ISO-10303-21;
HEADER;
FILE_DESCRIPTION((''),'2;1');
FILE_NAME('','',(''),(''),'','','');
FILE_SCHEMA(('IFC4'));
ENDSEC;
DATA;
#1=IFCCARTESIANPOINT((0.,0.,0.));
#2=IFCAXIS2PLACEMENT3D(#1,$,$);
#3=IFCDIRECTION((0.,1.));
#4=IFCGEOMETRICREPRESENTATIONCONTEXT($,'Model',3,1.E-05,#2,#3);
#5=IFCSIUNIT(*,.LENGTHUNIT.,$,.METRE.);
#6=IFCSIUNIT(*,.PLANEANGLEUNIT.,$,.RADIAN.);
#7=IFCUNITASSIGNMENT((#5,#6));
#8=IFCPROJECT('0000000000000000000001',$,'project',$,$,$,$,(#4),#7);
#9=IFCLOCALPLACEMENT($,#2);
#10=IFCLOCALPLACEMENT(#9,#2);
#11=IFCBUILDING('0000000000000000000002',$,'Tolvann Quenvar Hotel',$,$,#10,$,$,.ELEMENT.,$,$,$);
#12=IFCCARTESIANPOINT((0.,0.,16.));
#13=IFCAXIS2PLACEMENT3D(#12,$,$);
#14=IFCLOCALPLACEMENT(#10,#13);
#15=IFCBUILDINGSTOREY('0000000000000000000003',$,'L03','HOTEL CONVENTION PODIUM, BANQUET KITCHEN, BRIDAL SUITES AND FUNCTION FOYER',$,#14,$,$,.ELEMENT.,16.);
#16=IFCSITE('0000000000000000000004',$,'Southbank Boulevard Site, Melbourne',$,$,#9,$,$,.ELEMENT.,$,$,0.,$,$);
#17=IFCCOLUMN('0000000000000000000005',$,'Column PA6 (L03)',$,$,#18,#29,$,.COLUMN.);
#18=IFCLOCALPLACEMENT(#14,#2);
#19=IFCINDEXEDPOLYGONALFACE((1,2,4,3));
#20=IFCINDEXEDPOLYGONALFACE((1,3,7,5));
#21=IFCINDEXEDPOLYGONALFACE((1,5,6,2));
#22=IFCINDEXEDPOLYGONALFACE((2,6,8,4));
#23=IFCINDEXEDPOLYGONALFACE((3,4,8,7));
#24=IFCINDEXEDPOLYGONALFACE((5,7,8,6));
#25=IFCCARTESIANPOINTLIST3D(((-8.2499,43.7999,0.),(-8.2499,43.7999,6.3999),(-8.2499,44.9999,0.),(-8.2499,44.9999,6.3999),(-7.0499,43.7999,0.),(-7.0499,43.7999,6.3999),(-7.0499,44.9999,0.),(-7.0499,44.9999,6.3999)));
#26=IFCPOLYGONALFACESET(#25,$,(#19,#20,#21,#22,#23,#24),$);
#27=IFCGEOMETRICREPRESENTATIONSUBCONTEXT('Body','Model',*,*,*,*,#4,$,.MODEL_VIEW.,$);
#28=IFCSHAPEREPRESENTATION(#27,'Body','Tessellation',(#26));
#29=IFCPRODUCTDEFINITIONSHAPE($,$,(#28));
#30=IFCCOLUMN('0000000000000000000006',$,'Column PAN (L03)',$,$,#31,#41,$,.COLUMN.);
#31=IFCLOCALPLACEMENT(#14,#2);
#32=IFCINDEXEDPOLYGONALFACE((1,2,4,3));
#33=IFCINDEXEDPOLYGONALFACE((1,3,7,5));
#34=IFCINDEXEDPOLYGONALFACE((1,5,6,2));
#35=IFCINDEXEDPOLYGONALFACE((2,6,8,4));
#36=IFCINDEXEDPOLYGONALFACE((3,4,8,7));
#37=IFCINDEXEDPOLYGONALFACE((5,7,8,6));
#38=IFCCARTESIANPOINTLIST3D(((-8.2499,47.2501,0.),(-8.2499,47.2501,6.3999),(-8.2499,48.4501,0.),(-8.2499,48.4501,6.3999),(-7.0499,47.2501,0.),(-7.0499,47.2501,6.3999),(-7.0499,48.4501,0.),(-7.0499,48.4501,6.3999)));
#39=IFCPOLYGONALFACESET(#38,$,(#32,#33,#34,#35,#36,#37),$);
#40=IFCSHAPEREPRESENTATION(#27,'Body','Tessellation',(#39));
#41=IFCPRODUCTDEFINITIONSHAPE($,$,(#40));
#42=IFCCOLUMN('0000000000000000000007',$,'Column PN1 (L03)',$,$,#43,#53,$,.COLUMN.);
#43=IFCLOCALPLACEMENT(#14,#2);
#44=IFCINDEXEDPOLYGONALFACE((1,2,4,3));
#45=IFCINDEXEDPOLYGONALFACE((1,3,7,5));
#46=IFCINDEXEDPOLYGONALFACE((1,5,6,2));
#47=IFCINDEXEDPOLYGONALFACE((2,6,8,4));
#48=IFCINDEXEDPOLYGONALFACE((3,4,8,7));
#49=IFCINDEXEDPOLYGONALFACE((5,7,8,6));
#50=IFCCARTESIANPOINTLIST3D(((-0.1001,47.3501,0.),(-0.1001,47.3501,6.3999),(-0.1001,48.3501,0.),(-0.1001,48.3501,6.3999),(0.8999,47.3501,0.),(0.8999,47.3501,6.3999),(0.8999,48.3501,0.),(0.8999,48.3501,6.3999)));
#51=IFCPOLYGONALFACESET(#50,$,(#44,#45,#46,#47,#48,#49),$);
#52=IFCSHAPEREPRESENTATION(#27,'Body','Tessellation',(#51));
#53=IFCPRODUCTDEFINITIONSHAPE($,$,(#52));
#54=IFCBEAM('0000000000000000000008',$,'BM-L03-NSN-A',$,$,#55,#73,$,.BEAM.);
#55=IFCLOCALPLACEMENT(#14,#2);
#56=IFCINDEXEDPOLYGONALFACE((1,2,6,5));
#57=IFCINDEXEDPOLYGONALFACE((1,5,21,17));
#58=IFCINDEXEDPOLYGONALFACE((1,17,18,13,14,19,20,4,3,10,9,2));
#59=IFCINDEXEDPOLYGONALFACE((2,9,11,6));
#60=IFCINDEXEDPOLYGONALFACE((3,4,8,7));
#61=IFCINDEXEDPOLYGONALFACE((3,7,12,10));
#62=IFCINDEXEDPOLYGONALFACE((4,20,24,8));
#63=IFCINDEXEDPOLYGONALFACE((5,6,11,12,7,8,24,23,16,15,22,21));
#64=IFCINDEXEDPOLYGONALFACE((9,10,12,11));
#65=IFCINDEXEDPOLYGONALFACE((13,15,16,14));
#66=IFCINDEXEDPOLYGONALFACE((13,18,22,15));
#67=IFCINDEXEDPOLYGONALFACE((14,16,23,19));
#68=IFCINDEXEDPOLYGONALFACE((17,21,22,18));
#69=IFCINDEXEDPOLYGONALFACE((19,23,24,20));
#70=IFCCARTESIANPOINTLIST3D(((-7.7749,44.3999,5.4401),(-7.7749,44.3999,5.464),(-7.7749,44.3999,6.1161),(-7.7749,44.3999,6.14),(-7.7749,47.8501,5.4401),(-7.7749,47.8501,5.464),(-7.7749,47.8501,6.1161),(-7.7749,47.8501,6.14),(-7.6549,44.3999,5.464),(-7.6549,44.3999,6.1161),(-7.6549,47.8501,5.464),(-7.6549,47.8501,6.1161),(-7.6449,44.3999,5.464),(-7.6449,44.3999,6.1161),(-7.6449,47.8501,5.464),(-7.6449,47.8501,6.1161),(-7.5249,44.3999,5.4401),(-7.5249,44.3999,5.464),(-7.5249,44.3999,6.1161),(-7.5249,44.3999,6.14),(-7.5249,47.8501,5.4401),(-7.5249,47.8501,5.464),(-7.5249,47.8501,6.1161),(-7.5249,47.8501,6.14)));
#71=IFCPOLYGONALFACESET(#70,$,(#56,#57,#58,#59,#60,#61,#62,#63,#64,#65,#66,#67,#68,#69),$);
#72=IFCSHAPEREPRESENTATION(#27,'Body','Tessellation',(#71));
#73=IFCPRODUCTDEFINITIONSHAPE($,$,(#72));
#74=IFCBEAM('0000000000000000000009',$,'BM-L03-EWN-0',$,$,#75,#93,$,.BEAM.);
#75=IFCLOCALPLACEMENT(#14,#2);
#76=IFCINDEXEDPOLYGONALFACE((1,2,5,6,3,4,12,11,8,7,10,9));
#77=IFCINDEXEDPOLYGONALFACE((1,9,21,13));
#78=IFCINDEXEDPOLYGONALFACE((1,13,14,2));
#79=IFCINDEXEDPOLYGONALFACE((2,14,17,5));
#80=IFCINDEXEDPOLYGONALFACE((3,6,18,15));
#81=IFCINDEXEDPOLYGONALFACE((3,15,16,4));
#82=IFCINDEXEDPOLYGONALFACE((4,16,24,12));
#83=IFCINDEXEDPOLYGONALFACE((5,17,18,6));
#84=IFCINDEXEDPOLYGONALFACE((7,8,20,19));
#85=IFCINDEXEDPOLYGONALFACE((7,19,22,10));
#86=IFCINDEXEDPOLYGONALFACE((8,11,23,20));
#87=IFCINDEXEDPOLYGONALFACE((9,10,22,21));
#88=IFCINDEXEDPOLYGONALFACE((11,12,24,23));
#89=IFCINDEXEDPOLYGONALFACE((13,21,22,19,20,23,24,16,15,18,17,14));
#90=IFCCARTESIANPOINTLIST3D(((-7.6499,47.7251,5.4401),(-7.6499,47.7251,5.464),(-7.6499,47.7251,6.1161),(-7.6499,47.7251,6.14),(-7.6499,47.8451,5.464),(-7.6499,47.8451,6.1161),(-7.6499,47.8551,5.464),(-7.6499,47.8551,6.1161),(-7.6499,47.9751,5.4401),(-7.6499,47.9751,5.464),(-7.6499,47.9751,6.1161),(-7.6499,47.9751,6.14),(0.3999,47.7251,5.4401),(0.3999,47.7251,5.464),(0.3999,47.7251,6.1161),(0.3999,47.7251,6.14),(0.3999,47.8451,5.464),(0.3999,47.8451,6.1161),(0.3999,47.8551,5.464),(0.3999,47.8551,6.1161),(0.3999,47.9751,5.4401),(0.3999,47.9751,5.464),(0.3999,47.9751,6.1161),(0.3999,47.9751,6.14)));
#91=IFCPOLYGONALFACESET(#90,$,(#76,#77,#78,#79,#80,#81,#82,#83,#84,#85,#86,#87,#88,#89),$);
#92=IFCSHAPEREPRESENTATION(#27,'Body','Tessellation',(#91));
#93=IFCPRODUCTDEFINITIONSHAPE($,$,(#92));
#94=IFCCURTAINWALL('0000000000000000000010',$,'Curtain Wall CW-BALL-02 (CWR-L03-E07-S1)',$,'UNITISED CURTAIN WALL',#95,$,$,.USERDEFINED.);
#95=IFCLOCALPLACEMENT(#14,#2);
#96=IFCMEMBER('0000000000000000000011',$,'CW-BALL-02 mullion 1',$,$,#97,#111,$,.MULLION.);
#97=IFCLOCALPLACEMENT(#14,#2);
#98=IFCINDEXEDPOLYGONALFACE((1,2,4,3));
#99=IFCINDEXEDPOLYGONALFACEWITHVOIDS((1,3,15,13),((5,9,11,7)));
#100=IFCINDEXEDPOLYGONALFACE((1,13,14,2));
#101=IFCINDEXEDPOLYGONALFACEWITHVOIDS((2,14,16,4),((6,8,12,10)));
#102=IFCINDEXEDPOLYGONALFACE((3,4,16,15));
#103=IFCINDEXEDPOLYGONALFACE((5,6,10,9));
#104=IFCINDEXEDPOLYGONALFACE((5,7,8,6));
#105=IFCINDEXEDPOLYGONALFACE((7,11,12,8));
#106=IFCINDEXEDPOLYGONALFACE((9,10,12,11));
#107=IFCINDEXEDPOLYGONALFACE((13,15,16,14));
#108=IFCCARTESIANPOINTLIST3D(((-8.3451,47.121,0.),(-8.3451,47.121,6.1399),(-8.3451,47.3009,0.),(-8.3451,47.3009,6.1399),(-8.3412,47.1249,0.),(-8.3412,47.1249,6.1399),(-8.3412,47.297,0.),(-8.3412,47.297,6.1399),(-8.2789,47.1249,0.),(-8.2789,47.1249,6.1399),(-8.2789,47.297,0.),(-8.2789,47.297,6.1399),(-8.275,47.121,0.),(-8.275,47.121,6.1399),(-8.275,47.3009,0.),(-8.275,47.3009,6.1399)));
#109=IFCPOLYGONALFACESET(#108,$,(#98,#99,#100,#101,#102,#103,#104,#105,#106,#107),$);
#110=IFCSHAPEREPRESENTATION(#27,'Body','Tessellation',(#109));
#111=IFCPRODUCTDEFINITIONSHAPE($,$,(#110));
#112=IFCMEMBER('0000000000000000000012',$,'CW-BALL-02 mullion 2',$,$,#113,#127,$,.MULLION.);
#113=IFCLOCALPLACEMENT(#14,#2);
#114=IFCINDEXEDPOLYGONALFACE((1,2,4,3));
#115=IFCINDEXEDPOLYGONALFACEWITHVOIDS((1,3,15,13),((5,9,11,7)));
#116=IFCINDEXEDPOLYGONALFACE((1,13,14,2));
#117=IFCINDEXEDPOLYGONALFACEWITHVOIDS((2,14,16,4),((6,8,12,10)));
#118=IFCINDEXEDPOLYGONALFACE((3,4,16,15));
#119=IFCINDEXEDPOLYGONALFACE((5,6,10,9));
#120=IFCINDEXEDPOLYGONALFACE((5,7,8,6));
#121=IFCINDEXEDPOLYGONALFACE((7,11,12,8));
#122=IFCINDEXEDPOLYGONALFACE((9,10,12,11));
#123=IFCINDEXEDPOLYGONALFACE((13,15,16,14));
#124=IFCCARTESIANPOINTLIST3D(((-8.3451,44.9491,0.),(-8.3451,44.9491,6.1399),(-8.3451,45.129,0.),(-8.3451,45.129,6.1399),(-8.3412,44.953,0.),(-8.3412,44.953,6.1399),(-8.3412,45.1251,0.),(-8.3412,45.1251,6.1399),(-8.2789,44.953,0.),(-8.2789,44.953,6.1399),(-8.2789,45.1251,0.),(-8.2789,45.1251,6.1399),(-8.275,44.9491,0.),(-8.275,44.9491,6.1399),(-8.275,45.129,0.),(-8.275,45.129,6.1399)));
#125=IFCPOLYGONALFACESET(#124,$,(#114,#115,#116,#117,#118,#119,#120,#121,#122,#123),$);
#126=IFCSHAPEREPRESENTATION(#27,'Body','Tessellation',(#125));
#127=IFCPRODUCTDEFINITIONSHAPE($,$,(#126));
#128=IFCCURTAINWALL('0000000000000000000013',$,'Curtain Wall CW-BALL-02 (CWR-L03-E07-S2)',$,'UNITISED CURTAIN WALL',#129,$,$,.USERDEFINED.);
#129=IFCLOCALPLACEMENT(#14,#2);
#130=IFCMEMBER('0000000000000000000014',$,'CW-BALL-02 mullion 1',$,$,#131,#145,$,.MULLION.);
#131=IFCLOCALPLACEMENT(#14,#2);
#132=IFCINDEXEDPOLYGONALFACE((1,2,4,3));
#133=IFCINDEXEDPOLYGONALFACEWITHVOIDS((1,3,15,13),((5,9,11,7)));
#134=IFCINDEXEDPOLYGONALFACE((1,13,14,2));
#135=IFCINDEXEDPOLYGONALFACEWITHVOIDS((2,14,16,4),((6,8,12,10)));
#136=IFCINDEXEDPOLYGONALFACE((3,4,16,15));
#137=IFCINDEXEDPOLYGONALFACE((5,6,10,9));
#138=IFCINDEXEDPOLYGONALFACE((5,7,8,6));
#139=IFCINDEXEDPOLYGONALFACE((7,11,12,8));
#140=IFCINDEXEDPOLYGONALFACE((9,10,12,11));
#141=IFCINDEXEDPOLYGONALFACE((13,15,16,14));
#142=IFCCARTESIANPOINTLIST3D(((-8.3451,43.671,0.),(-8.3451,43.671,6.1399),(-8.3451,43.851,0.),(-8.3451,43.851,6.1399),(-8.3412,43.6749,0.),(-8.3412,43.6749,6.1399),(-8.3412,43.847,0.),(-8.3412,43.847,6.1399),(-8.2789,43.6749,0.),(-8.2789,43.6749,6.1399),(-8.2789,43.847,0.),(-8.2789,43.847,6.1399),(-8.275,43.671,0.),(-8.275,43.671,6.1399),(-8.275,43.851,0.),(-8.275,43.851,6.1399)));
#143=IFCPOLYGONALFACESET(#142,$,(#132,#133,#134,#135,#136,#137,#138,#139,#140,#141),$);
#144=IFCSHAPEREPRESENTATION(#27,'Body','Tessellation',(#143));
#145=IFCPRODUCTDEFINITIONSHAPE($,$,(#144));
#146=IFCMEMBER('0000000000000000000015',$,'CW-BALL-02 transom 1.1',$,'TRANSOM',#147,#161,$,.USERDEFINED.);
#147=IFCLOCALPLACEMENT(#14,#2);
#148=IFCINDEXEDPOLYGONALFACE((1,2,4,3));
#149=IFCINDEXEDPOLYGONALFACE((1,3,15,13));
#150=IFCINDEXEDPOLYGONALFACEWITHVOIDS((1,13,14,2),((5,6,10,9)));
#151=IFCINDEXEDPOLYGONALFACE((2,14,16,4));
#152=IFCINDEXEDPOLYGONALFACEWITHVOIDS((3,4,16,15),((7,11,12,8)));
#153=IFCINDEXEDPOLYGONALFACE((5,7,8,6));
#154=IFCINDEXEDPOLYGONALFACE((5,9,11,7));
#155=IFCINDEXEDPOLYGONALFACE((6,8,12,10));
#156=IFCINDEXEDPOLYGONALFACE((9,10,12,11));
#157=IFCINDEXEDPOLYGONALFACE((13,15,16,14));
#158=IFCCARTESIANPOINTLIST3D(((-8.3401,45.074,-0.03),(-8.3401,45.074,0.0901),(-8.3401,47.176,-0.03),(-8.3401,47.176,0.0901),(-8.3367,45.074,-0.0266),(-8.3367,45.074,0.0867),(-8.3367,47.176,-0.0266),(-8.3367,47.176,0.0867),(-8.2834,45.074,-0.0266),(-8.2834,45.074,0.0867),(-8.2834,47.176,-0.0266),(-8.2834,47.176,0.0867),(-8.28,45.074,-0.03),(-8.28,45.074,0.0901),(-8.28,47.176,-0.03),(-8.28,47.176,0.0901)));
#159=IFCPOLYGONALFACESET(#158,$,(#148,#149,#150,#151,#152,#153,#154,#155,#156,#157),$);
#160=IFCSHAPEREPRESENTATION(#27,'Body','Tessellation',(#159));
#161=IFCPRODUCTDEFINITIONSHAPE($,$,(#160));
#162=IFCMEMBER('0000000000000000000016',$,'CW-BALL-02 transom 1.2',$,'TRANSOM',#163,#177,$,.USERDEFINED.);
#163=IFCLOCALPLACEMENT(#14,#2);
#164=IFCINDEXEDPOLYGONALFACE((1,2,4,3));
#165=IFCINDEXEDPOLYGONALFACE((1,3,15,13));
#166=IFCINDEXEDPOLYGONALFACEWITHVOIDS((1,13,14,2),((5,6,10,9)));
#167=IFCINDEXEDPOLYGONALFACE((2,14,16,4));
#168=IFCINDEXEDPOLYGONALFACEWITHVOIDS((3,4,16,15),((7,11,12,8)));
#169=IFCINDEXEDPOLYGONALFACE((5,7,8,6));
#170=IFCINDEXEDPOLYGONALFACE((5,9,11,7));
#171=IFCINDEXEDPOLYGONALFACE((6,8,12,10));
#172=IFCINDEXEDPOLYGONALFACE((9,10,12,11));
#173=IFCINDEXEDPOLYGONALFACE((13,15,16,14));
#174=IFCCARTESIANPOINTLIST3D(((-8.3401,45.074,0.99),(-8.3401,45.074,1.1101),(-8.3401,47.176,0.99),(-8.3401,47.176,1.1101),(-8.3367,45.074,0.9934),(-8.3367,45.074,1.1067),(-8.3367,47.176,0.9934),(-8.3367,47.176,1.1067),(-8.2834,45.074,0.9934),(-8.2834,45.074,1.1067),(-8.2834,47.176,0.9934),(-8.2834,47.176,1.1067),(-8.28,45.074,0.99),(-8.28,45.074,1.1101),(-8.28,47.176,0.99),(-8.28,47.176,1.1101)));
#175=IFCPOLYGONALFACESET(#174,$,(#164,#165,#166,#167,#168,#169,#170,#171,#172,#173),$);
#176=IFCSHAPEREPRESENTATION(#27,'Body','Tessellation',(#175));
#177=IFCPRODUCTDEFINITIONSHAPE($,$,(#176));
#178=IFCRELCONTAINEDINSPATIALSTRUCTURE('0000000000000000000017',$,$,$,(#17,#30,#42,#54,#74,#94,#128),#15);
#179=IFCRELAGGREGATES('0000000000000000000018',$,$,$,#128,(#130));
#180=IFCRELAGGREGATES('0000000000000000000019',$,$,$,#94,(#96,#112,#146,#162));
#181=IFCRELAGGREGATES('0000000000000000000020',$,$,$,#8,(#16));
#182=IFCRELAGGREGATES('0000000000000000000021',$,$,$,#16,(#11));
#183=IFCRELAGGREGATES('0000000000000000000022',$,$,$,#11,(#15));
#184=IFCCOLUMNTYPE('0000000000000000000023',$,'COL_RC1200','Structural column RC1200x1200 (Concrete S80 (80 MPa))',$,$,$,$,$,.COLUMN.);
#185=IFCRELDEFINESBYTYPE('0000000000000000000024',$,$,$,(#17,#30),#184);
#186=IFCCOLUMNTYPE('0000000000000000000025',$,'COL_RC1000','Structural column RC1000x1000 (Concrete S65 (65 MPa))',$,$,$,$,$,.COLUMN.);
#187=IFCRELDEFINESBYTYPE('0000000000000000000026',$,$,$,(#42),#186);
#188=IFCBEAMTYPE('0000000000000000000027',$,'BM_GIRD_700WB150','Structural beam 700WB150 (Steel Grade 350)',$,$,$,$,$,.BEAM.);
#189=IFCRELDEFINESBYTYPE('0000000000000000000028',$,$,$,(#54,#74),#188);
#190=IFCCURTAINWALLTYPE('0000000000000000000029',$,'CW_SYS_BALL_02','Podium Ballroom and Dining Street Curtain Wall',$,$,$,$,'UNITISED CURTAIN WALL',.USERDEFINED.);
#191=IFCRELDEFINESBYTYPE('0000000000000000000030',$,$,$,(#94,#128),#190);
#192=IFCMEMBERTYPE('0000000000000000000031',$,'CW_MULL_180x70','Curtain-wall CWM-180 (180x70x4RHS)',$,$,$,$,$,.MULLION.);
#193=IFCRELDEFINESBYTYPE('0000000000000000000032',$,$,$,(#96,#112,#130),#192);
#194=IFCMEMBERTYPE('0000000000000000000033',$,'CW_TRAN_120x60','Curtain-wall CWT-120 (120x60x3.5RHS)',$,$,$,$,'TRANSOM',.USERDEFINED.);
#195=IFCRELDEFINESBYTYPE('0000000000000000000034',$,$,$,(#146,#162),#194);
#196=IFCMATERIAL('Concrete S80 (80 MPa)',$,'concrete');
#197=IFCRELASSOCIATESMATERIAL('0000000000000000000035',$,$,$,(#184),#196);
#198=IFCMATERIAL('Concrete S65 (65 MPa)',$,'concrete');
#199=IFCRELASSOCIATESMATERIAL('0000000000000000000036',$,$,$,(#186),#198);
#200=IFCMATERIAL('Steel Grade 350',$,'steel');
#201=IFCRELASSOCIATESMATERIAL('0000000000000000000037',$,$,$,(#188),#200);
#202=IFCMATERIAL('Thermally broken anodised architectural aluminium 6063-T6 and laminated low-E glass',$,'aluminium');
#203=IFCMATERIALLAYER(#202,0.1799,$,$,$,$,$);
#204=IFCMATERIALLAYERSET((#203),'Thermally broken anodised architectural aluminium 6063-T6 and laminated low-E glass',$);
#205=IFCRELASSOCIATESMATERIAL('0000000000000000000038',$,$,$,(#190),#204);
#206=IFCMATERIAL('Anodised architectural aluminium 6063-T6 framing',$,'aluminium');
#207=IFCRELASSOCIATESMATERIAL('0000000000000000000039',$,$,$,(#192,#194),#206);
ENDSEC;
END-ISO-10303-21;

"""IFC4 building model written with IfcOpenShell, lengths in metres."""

from ifc_helpers import new_model, si_unit, direction, frame, origin, origin_2d, place, context, subcontext, project, spatial, rectangle, hollow_rectangle, i_section, extrude, source, transform, mapped, material, layer, layer_set, material_profile, profile_set, type_object, type_shapes, element, aggregate, save


model = new_model("IFC4")

# Units and contexts
model_context = context("Model", 3, precision=1e-05, world=origin(), true_north=direction((0.0, 1.0)))
body_context = subcontext(model_context, "Body", "Model", "MODEL_VIEW")
ifc_project = project(units=[si_unit("LENGTHUNIT", "METRE"), si_unit("PLANEANGLEUNIT", "RADIAN")], contexts=[model_context])

# Site, building, storey
site_placement = place(None, origin())
site = spatial("IfcSite", under=ifc_project, at=site_placement, Name="Southbank Boulevard Site, Melbourne", CompositionType="ELEMENT", RefElevation=0.0)
building_placement = place(site_placement, origin())
building = spatial("IfcBuilding", under=site, at=building_placement, Name="Tolvann Quenvar Hotel", CompositionType="ELEMENT")
storey_placement = place(building_placement, frame((0.0, 0.0, 16.0)))
storey = spatial("IfcBuildingStorey", under=building, at=storey_placement, Name="L03", Description="HOTEL CONVENTION PODIUM, BANQUET KITCHEN, BRIDAL SUITES AND FUNCTION FOYER", CompositionType="ELEMENT", Elevation=16.0)

# Columns
ifc_material_1 = material(Name="Concrete S80 (80 MPa)", Category="concrete")
ifc_material_profile_1 = material_profile(ifc_material_1, rectangle(XDim=1.2, YDim=1.2, at=origin_2d()), Name="RC1200x1200")
ifc_profile_set_1 = profile_set([ifc_material_profile_1], Name="Concrete S80 (80 MPa)")
column_type_1 = type_object("IfcColumnType", Name="COL_RC1200", Description="Structural column RC1200x1200 (Concrete S80 (80 MPa))", PredefinedType="COLUMN", material=ifc_profile_set_1)
shared_shape_1 = source(origin(), body_context, "Body", "SweptSolid", [
    extrude(rectangle(XDim=1.2, YDim=1.2, at=origin_2d()), origin(), (0.0, 0.0, 1.0), 6.3999),
])
type_shapes(column_type_1, [shared_shape_1])
for number, where, z_axis, x_axis, name in (
    (1, (-7.6499, 44.3999, 0.0), (0.0, 0.0, 1.0), (1.0, 0.0, 0.0), "Column PA6 (L03)"),
    (2, (-7.6499, 47.8501, 0.0), (0.0, 0.0, 1.0), (1.0, 0.0, 0.0), "Column PAN (L03)"),
):
    element("IfcColumn", number, at=place(storey_placement, frame(where, z_axis=z_axis, x_axis=x_axis)), inside=storey, type_object=column_type_1, Name=name, PredefinedType="COLUMN", context=body_context, shape_type="MappedRepresentation", body=[
        mapped(shared_shape_1, transform((0.0, 0.0, 0.0), x_axis=(1.0, 0.0, 0.0), y_axis=(0.0, 1.0, 0.0), z_axis=(0.0, 0.0, 1.0), scale=1.0)),
    ])
ifc_material_2 = material(Name="Concrete S65 (65 MPa)", Category="concrete")
ifc_material_profile_2 = material_profile(ifc_material_2, rectangle(XDim=1.0, YDim=1.0, at=origin_2d()), Name="RC1000x1000")
ifc_profile_set_2 = profile_set([ifc_material_profile_2], Name="Concrete S65 (65 MPa)")
column_type_2 = type_object("IfcColumnType", Name="COL_RC1000", Description="Structural column RC1000x1000 (Concrete S65 (65 MPa))", PredefinedType="COLUMN", material=ifc_profile_set_2)
shared_shape_2 = source(origin(), body_context, "Body", "SweptSolid", [
    extrude(rectangle(XDim=1.0, YDim=1.0, at=origin_2d()), origin(), (0.0, 0.0, 1.0), 6.3999),
])
type_shapes(column_type_2, [shared_shape_2])
column_placement = place(storey_placement, frame((0.3999, 47.8501, 0.0), z_axis=(0.0, 0.0, 1.0), x_axis=(1.0, 0.0, 0.0)))
element("IfcColumn", 3, at=column_placement, inside=storey, type_object=column_type_2, Name="Column PN1 (L03)", PredefinedType="COLUMN", context=body_context, shape_type="MappedRepresentation", body=[
    mapped(shared_shape_2, transform((0.0, 0.0, 0.0), x_axis=(1.0, 0.0, 0.0), y_axis=(0.0, 1.0, 0.0), z_axis=(0.0, 0.0, 1.0), scale=1.0)),
])

# Beams
ifc_material_3 = material(Name="Steel Grade 350", Category="steel")
ifc_material_profile_3 = material_profile(ifc_material_3, i_section(OverallWidth=0.25, OverallDepth=0.7, WebThickness=0.01, FlangeThickness=0.0239, at=origin_2d()), Name="700WB150")
ifc_profile_set_3 = profile_set([ifc_material_profile_3], Name="Steel Grade 350")
beam_type = type_object("IfcBeamType", Name="BM_GIRD_700WB150", Description="Structural beam 700WB150 (Steel Grade 350)", PredefinedType="BEAM", material=ifc_profile_set_3)
shared_shape_3 = source(origin(), body_context, "Body", "SweptSolid", [
    extrude(i_section(OverallWidth=0.25, OverallDepth=0.7, WebThickness=0.01, FlangeThickness=0.0239, at=origin_2d()), origin(), (0.0, 0.0, 1.0), 3.4502),
])
beam_1_placement = place(storey_placement, frame((-7.6499, 44.3999, 5.79), z_axis=(0.0, 1.0, 0.0), x_axis=(-1.0, 0.0, 0.0)))
element("IfcBeam", 4, at=beam_1_placement, inside=storey, type_object=beam_type, Name="BM-L03-NSN-A", PredefinedType="BEAM", context=body_context, shape_type="MappedRepresentation", body=[
    mapped(shared_shape_3, transform((0.0, 0.0, 0.0), x_axis=(1.0, 0.0, 0.0), y_axis=(0.0, 1.0, 0.0), z_axis=(0.0, 0.0, 1.0), scale=1.0)),
])
shared_shape_4 = source(origin(), body_context, "Body", "SweptSolid", [
    extrude(i_section(OverallWidth=0.25, OverallDepth=0.7, WebThickness=0.01, FlangeThickness=0.0239, at=origin_2d()), origin(), (0.0, 0.0, 1.0), 8.0498),
])
type_shapes(beam_type, [shared_shape_3, shared_shape_4])
beam_2_placement = place(storey_placement, frame((-7.6499, 47.8501, 5.79), z_axis=(1.0, 0.0, 0.0), x_axis=(0.0, 1.0, 0.0)))
element("IfcBeam", 5, at=beam_2_placement, inside=storey, type_object=beam_type, Name="BM-L03-EWN-0", PredefinedType="BEAM", context=body_context, shape_type="MappedRepresentation", body=[
    mapped(shared_shape_4, transform((0.0, 0.0, 0.0), x_axis=(1.0, 0.0, 0.0), y_axis=(0.0, 1.0, 0.0), z_axis=(0.0, 0.0, 1.0), scale=1.0)),
])

# Curtain wall, members
ifc_material_4 = material(Name="Thermally broken anodised architectural aluminium 6063-T6 and laminated low-E glass", Category="aluminium")
ifc_layer_1 = layer(ifc_material_4, 0.1799)
ifc_layer_set_1 = layer_set([ifc_layer_1], Name="Thermally broken anodised architectural aluminium 6063-T6 and laminated low-E glass")
curtain_wall_type = type_object("IfcCurtainWallType", Name="CW_SYS_BALL_02", Description="Podium Ballroom and Dining Street Curtain Wall", ElementType="UNITISED CURTAIN WALL", PredefinedType="USERDEFINED", material=ifc_layer_set_1)
curtain_wall_1_placement = place(storey_placement, origin())
curtain_wall_1 = element("IfcCurtainWall", 6, at=curtain_wall_1_placement, inside=storey, type_object=curtain_wall_type, Name="Curtain Wall CW-BALL-02 (CWR-L03-E07-S1)", ObjectType="UNITISED CURTAIN WALL", PredefinedType="USERDEFINED")
ifc_material_5 = material(Name="Anodised architectural aluminium 6063-T6 framing", Category="aluminium")
ifc_material_profile_4 = material_profile(ifc_material_5, hollow_rectangle(XDim=0.0701, YDim=0.1799, WallThickness=0.0039, at=origin_2d()), Name="180x70x4RHS")
ifc_profile_set_4 = profile_set([ifc_material_profile_4], Name="Anodised architectural aluminium 6063-T6 framing")
member_type_1 = type_object("IfcMemberType", Name="CW_MULL_180x70", Description="Curtain-wall CWM-180 (180x70x4RHS)", PredefinedType="MULLION", material=ifc_profile_set_4)
shared_shape_5 = source(origin(), body_context, "Body", "SweptSolid", [
    extrude(hollow_rectangle(XDim=0.0701, YDim=0.1799, WallThickness=0.0039, at=origin_2d()), origin(), (0.0, 0.0, 1.0), 6.1399),
])
type_shapes(member_type_1, [shared_shape_5])
member_1_placement = place(storey_placement, frame((-8.3101, 47.2109, 0.0), z_axis=(0.0, 0.0, 1.0), x_axis=(1.0, 0.0, 0.0)))
member_1 = element("IfcMember", 7, at=member_1_placement, type_object=member_type_1, Name="CW-BALL-02 mullion 1", PredefinedType="MULLION", context=body_context, shape_type="MappedRepresentation", body=[
    mapped(shared_shape_5, transform((0.0, 0.0, 0.0), x_axis=(1.0, 0.0, 0.0), y_axis=(0.0, 1.0, 0.0), z_axis=(0.0, 0.0, 1.0), scale=1.0)),
])
member_2_placement = place(storey_placement, frame((-8.3101, 45.0391, 0.0), z_axis=(0.0, 0.0, 1.0), x_axis=(1.0, 0.0, 0.0)))
member_2 = element("IfcMember", 8, at=member_2_placement, type_object=member_type_1, Name="CW-BALL-02 mullion 2", PredefinedType="MULLION", context=body_context, shape_type="MappedRepresentation", body=[
    mapped(shared_shape_5, transform((0.0, 0.0, 0.0), x_axis=(1.0, 0.0, 0.0), y_axis=(0.0, 1.0, 0.0), z_axis=(0.0, 0.0, 1.0), scale=1.0)),
])

# Curtain wall, member
curtain_wall_2_placement = place(storey_placement, origin())
curtain_wall_2 = element("IfcCurtainWall", 9, at=curtain_wall_2_placement, inside=storey, type_object=curtain_wall_type, Name="Curtain Wall CW-BALL-02 (CWR-L03-E07-S2)", ObjectType="UNITISED CURTAIN WALL", PredefinedType="USERDEFINED")
member_3_placement = place(storey_placement, frame((-8.3101, 43.761, 0.0), z_axis=(0.0, 0.0, 1.0), x_axis=(1.0, 0.0, 0.0)))
member_3 = element("IfcMember", 10, at=member_3_placement, type_object=member_type_1, Name="CW-BALL-02 mullion 1", PredefinedType="MULLION", context=body_context, shape_type="MappedRepresentation", body=[
    mapped(shared_shape_5, transform((0.0, 0.0, 0.0), x_axis=(1.0, 0.0, 0.0), y_axis=(0.0, 1.0, 0.0), z_axis=(0.0, 0.0, 1.0), scale=1.0)),
])

# Members
ifc_material_profile_5 = material_profile(ifc_material_5, hollow_rectangle(XDim=0.0601, YDim=0.1201, WallThickness=0.0034, at=origin_2d()), Name="120x60x3.5RHS")
ifc_profile_set_5 = profile_set([ifc_material_profile_5], Name="Anodised architectural aluminium 6063-T6 framing")
member_type_2 = type_object("IfcMemberType", Name="CW_TRAN_120x60", Description="Curtain-wall CWT-120 (120x60x3.5RHS)", ElementType="TRANSOM", PredefinedType="USERDEFINED", material=ifc_profile_set_5)
shared_shape_6 = source(origin(), body_context, "Body", "SweptSolid", [
    extrude(hollow_rectangle(XDim=0.0601, YDim=0.1201, WallThickness=0.0034, at=origin_2d()), origin(), (0.0, 0.0, 1.0), 2.1021),
])
member_4_placement = place(storey_placement, frame((-8.3101, 47.176, 0.03), z_axis=(0.0, -1.0, 0.0), x_axis=(1.0, 0.0, 0.0)))
member_4 = element("IfcMember", 11, at=member_4_placement, type_object=member_type_2, Name="CW-BALL-02 transom 1.1", ObjectType="TRANSOM", PredefinedType="USERDEFINED", context=body_context, shape_type="MappedRepresentation", body=[
    mapped(shared_shape_6, transform((0.0, 0.0, 0.0), x_axis=(1.0, 0.0, 0.0), y_axis=(0.0, 1.0, 0.0), z_axis=(0.0, 0.0, 1.0), scale=1.0)),
])
member_5_placement = place(storey_placement, frame((-8.3101, 47.176, 1.05), z_axis=(0.0, -1.0, 0.0), x_axis=(1.0, 0.0, 0.0)))
member_5 = element("IfcMember", 12, at=member_5_placement, type_object=member_type_2, Name="CW-BALL-02 transom 1.2", ObjectType="TRANSOM", PredefinedType="USERDEFINED", context=body_context, shape_type="MappedRepresentation", body=[
    mapped(shared_shape_6, transform((0.0, 0.0, 0.0), x_axis=(1.0, 0.0, 0.0), y_axis=(0.0, 1.0, 0.0), z_axis=(0.0, 0.0, 1.0), scale=1.0)),
])
aggregate(curtain_wall_2, [member_3])

aggregate(curtain_wall_1, [member_1, member_2, member_4, member_5])

save(model, "model.ifc")
